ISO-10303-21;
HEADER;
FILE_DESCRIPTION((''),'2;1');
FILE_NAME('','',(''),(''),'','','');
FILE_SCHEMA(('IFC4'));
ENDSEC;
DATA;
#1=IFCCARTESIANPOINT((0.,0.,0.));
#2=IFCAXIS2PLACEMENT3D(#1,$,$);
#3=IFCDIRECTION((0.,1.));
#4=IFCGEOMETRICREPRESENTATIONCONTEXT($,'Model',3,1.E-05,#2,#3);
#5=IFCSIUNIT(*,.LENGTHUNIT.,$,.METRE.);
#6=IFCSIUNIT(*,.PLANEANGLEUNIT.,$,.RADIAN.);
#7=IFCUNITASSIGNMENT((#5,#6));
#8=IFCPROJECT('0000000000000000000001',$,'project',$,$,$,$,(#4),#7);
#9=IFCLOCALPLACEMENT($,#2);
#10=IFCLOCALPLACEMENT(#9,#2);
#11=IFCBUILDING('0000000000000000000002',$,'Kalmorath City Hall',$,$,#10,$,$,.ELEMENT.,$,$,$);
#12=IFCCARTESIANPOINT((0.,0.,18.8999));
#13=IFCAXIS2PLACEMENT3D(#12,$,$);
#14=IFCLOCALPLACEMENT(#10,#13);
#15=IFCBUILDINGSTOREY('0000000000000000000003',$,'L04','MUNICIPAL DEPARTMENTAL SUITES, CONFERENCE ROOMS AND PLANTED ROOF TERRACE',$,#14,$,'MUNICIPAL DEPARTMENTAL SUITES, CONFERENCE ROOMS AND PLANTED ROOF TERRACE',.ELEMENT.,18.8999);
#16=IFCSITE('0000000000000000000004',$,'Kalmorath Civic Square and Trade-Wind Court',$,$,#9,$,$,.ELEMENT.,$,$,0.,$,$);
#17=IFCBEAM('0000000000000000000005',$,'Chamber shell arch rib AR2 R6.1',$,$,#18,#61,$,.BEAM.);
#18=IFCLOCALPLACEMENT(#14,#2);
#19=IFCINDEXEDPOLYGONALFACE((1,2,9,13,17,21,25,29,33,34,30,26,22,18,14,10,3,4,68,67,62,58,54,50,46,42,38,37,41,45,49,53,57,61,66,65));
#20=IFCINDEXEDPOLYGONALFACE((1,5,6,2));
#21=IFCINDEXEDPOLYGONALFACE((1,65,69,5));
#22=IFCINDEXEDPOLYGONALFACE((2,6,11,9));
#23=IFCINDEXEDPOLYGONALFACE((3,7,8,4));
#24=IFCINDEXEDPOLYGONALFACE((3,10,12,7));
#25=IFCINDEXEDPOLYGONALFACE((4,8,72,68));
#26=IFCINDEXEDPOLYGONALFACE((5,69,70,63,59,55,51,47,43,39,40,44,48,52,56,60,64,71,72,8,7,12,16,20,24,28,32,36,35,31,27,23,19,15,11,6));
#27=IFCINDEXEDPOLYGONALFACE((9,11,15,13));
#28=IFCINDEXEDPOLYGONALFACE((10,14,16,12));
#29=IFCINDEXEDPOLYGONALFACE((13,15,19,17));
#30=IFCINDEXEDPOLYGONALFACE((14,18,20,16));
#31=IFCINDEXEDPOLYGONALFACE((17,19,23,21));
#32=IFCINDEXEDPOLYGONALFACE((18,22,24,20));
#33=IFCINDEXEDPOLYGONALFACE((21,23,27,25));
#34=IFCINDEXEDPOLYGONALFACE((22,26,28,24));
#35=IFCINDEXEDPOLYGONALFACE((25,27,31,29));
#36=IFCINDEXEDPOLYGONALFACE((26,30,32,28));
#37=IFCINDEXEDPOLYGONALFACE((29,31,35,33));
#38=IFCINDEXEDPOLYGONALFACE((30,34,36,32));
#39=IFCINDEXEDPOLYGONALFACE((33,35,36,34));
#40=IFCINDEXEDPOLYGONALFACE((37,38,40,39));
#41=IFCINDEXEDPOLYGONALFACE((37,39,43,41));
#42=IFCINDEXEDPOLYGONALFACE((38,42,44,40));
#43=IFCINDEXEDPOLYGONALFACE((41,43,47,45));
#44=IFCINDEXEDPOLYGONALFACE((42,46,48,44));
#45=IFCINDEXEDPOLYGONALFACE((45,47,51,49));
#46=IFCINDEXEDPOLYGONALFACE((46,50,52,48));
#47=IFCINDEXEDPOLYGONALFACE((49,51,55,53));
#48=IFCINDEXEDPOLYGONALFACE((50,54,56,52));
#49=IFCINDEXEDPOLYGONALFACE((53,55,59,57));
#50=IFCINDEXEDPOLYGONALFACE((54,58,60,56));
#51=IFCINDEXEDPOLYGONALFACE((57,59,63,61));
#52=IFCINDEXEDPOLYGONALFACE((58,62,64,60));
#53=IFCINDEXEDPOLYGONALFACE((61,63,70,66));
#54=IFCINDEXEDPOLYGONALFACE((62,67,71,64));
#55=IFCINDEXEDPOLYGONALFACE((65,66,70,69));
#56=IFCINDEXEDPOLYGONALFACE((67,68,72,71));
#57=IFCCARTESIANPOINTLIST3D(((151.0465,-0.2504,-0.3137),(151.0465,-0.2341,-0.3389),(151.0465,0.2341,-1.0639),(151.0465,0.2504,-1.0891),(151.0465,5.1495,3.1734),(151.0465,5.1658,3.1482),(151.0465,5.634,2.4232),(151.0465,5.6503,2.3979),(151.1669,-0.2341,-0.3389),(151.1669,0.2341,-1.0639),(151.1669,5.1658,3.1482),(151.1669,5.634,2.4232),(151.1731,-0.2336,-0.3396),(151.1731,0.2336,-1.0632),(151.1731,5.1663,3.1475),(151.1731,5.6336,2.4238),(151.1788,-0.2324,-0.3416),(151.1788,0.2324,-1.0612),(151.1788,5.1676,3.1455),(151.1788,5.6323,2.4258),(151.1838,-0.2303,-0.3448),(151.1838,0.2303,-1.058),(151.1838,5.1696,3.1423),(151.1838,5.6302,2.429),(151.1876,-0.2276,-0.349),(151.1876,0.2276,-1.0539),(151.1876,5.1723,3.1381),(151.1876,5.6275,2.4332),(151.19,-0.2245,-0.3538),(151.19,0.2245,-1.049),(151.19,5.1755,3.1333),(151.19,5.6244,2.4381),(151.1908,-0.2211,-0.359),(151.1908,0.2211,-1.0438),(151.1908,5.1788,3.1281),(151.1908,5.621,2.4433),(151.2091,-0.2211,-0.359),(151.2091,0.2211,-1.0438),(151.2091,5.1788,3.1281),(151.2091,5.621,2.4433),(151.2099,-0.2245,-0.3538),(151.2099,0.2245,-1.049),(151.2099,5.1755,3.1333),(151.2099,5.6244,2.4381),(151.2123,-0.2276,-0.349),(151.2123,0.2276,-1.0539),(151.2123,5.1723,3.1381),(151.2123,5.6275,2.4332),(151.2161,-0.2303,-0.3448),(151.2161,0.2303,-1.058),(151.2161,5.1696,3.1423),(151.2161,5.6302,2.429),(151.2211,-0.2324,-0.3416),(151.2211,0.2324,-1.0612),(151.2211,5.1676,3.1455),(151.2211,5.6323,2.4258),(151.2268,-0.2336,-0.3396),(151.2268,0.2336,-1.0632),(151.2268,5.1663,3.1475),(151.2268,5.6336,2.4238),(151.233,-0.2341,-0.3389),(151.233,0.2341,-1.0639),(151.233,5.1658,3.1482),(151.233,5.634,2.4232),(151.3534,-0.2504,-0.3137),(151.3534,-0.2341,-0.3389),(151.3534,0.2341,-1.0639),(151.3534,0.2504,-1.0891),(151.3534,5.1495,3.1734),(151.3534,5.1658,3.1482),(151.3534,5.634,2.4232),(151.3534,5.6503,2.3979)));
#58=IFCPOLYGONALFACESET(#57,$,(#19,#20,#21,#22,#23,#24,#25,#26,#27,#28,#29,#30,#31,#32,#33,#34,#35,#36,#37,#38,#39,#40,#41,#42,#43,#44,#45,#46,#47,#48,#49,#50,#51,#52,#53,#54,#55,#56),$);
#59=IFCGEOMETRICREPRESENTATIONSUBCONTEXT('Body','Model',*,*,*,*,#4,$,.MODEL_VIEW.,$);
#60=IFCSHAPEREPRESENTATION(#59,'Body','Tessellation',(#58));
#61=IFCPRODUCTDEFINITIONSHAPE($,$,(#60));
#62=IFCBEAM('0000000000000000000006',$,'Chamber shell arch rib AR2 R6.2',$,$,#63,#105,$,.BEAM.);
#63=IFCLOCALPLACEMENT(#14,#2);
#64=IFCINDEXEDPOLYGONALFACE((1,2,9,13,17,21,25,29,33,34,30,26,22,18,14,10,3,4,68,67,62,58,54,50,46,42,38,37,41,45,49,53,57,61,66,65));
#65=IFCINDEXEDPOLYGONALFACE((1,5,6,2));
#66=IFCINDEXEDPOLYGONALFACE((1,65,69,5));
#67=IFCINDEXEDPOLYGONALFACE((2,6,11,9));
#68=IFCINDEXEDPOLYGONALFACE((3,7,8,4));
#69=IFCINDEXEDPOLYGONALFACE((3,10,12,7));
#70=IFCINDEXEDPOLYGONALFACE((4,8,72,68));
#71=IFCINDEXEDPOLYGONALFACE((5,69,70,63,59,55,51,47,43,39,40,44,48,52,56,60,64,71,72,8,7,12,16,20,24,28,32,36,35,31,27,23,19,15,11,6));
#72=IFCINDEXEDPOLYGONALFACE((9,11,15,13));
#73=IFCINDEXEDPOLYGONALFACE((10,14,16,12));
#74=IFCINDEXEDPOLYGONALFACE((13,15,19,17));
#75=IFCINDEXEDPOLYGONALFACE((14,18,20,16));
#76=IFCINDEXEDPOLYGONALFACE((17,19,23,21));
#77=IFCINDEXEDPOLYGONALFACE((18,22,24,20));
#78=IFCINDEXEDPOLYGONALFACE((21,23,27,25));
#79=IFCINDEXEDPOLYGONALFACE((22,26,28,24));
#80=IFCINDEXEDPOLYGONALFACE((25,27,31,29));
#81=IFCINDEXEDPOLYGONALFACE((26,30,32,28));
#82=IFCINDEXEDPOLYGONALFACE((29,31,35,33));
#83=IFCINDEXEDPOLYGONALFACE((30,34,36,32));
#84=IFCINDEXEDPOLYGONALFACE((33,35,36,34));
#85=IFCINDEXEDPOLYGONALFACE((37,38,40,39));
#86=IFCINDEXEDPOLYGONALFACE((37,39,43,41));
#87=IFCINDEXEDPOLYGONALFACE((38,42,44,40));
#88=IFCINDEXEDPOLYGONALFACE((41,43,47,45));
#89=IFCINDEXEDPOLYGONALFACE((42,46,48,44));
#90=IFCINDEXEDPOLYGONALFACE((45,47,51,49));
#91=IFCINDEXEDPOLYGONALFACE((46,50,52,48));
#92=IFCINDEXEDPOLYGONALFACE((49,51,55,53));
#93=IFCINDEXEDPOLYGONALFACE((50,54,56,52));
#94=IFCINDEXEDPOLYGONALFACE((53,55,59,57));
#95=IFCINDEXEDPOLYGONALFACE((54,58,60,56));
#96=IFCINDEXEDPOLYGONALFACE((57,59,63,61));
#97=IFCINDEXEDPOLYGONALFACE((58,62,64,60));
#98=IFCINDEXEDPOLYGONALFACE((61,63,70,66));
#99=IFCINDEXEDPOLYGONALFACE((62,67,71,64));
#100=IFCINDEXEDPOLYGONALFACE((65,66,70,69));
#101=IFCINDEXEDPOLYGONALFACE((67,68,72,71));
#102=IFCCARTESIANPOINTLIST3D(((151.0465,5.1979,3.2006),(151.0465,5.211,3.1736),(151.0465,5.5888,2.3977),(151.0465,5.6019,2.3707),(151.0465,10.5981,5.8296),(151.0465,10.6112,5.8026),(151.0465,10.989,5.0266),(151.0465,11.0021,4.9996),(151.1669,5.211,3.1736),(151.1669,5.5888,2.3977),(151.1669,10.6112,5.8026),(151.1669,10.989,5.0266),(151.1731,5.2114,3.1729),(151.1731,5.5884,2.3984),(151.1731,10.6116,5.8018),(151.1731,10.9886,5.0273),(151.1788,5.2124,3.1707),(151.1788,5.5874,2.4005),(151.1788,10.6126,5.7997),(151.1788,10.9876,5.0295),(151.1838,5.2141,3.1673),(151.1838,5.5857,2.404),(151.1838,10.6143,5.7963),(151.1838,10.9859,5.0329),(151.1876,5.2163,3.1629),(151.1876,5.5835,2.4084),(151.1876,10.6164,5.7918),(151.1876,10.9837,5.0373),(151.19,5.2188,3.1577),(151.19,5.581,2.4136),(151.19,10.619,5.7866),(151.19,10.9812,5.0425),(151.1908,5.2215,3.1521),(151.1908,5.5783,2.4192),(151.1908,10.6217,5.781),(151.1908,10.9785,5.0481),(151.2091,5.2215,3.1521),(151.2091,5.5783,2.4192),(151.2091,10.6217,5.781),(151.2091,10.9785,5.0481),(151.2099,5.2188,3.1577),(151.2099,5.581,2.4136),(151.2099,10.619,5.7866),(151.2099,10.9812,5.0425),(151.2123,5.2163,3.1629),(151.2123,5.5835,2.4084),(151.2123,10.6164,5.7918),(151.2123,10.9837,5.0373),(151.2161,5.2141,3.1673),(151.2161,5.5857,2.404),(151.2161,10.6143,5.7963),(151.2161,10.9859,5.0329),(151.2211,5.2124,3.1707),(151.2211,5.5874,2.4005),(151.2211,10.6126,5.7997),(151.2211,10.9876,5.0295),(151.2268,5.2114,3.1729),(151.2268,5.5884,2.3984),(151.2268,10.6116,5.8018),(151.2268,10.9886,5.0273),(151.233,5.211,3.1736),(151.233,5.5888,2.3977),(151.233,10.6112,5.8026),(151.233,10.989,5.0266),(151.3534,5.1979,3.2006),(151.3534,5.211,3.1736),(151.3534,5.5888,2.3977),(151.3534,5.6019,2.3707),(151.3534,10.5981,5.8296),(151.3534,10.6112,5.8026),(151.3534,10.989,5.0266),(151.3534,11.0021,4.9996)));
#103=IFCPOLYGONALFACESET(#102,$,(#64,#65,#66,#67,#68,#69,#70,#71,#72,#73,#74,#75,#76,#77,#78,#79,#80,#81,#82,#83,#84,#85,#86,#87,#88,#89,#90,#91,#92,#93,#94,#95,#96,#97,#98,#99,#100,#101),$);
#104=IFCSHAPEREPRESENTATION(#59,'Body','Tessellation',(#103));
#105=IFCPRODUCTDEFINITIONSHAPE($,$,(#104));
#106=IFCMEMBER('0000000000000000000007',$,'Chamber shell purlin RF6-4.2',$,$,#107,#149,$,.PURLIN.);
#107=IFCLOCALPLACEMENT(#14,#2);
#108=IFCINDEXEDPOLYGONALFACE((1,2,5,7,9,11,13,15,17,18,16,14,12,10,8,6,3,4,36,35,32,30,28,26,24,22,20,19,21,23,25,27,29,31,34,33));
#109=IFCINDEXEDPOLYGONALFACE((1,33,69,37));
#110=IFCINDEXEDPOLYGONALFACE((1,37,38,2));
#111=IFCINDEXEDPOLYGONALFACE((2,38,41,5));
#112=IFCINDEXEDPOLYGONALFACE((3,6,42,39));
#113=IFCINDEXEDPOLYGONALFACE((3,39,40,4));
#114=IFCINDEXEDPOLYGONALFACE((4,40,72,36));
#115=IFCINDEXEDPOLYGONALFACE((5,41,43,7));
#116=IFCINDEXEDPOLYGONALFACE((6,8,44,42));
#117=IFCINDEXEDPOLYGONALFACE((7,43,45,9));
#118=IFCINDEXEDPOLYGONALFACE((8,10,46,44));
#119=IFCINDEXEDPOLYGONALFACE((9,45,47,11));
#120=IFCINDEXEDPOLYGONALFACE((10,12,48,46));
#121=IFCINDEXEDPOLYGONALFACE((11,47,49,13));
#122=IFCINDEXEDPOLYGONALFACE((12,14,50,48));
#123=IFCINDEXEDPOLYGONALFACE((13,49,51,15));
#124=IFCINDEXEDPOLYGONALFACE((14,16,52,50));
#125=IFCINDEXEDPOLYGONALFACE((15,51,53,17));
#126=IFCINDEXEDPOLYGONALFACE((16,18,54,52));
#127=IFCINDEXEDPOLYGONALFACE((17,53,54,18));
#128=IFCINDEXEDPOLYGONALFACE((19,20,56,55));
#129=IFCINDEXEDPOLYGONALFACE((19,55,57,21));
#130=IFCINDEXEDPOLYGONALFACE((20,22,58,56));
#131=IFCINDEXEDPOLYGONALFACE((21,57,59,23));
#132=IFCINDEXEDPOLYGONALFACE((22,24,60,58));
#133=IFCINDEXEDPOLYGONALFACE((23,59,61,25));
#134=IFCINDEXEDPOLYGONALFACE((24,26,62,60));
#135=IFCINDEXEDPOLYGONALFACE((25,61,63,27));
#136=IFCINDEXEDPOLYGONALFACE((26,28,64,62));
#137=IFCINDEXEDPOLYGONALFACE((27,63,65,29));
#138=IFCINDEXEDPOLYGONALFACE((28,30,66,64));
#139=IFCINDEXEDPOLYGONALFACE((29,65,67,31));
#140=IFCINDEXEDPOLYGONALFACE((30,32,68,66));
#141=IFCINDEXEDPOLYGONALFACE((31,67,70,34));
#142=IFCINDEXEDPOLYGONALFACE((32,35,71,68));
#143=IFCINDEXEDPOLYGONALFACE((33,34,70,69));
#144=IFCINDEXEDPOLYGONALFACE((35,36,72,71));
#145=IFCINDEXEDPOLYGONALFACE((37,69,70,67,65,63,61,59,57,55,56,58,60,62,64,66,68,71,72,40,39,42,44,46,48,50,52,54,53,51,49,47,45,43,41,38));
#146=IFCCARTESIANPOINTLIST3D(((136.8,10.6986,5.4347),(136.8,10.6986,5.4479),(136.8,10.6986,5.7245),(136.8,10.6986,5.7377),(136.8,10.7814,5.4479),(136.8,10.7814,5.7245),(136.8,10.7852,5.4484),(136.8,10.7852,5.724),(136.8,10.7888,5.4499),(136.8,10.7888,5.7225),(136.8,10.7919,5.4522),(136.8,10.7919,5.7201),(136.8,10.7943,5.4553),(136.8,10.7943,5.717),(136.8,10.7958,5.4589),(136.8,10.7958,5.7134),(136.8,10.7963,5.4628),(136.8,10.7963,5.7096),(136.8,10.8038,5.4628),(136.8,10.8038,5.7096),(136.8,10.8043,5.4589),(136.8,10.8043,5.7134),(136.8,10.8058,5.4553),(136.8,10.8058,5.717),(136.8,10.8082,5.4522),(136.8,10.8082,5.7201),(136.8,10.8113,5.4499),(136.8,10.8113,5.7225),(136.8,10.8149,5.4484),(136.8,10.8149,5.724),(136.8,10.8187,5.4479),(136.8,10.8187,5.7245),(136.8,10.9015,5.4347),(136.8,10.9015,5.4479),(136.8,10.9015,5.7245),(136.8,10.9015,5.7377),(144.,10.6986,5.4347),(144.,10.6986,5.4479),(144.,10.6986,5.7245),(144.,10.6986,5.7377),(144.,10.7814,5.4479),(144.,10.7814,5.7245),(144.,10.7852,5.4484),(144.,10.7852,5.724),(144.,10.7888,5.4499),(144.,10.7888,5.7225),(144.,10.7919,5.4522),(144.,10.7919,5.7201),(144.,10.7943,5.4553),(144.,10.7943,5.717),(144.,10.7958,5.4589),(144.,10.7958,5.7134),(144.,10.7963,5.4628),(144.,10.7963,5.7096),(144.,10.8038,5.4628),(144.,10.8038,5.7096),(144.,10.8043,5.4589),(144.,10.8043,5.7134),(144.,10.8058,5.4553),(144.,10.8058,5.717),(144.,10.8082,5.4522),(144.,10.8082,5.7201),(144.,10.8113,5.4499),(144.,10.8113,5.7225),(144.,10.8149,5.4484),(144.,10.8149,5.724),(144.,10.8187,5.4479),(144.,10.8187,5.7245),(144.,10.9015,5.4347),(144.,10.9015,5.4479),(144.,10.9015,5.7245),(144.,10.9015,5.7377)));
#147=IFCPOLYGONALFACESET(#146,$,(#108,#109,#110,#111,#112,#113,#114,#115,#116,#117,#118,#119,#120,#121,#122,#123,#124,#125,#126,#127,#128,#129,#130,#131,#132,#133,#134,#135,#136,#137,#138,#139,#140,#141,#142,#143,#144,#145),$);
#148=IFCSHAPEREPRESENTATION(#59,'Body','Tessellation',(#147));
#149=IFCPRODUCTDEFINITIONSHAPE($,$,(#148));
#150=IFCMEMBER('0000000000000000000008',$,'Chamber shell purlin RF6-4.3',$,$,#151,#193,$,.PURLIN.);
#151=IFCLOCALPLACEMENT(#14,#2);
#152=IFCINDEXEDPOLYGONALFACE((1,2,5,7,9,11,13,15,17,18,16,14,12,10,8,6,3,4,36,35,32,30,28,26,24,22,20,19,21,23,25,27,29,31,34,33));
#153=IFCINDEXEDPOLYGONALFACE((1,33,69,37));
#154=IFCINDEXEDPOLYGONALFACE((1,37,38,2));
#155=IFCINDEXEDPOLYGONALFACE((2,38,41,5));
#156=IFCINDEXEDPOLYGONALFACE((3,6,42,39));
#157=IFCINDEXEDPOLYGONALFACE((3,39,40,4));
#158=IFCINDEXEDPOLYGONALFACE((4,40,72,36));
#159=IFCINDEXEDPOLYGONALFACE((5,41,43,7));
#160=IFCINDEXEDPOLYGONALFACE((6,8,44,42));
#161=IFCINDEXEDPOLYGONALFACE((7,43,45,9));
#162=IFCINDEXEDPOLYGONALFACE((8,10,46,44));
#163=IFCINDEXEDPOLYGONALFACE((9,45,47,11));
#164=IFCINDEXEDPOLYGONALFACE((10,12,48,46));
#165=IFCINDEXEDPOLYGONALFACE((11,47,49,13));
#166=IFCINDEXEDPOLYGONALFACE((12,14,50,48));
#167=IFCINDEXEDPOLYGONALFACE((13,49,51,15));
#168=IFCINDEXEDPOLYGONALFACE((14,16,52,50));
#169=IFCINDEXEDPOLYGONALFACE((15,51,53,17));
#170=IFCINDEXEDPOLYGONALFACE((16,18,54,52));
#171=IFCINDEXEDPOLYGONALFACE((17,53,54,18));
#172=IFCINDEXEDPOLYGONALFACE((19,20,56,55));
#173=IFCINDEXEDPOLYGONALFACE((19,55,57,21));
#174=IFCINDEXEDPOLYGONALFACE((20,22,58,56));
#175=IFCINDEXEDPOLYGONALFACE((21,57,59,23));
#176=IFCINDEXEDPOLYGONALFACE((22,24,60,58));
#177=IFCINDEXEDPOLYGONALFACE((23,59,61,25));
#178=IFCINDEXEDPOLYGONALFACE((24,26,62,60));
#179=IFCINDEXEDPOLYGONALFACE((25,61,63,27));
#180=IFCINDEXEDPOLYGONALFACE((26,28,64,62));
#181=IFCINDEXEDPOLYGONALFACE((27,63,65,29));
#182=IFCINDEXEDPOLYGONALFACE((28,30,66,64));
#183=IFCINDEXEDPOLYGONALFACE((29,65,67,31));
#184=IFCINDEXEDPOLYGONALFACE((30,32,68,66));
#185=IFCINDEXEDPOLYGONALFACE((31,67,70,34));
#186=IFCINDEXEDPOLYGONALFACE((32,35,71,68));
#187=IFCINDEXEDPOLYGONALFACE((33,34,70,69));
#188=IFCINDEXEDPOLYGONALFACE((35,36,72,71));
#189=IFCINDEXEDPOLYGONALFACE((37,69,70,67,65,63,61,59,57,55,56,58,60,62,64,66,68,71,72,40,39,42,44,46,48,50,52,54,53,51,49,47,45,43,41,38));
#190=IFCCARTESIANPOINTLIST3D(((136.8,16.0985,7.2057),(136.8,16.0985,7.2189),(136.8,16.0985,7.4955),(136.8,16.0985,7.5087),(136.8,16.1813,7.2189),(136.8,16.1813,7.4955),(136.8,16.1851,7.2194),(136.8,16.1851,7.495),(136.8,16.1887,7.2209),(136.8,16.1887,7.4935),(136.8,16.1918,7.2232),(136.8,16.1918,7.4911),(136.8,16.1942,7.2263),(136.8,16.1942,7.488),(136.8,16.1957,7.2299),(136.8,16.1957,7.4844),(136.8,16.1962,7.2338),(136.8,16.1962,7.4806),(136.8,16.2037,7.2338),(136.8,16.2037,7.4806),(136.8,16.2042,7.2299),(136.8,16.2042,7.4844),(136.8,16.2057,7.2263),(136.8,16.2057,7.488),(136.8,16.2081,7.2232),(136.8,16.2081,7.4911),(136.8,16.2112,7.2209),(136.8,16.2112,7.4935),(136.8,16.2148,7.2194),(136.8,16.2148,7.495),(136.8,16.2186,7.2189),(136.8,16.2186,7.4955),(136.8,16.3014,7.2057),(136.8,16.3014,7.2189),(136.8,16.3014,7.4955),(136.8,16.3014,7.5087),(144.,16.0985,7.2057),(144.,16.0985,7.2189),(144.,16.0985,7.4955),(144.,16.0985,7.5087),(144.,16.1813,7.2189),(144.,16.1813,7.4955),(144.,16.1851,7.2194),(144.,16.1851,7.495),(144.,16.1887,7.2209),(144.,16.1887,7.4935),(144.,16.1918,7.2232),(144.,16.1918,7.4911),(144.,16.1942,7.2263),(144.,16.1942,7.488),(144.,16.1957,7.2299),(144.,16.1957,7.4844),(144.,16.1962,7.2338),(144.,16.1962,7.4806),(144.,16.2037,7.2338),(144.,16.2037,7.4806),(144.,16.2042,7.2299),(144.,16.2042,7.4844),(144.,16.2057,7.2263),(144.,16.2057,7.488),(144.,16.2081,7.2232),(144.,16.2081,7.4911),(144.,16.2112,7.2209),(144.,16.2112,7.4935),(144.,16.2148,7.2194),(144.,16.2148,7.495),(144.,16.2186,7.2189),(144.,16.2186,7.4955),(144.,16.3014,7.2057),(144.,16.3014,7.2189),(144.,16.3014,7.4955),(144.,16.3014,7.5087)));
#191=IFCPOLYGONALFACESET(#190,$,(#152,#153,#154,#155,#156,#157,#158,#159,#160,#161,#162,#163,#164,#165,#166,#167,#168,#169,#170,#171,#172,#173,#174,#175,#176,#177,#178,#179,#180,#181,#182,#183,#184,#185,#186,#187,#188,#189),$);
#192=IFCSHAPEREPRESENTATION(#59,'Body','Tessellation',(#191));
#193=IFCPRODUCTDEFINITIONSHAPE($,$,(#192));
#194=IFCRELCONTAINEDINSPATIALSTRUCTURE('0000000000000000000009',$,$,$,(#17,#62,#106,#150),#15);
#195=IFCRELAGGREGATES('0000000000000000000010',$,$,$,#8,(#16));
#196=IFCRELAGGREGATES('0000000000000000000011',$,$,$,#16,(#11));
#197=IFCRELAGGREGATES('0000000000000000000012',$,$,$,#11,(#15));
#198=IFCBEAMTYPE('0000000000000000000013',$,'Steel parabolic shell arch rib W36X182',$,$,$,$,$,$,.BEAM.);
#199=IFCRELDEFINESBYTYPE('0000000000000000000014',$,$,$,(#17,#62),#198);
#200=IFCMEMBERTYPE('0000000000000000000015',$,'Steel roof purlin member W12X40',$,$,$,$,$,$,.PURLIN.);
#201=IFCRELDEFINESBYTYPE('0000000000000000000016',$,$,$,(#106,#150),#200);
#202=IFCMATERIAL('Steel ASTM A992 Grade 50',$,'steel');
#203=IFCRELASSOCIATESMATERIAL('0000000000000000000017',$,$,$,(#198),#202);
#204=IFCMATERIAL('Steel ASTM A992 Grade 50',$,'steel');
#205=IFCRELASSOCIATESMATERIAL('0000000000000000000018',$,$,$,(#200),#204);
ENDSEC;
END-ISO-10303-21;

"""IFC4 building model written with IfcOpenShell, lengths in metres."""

from ifc_helpers import new_model, si_unit, direction, frame, origin, origin_2d, place, context, subcontext, project, spatial, i_section, extrude, material, material_profile, profile_set, type_object, element, save


model = new_model("IFC4")

# Units and contexts
model_context = context("Model", 3, precision=1e-05, world=origin(), true_north=direction((0.0, 1.0)))
body_context = subcontext(model_context, "Body", "Model", "MODEL_VIEW")
ifc_project = project(units=[si_unit("LENGTHUNIT", "METRE"), si_unit("PLANEANGLEUNIT", "RADIAN")], contexts=[model_context])

# Site, building, storey
site_placement = place(None, origin())
site = spatial("IfcSite", under=ifc_project, at=site_placement, Name="Kalmorath Civic Square and Trade-Wind Court", CompositionType="ELEMENT", RefElevation=0.0)
building_placement = place(site_placement, origin())
building = spatial("IfcBuilding", under=site, at=building_placement, Name="Kalmorath City Hall", CompositionType="ELEMENT")
storey_placement = place(building_placement, frame((0.0, 0.0, 18.8999)))
storey = spatial("IfcBuildingStorey", under=building, at=storey_placement, Name="L04", Description="MUNICIPAL DEPARTMENTAL SUITES, CONFERENCE ROOMS AND PLANTED ROOF TERRACE", LongName="MUNICIPAL DEPARTMENTAL SUITES, CONFERENCE ROOMS AND PLANTED ROOF TERRACE", CompositionType="ELEMENT", Elevation=18.8999)

# Beams
ifc_material_1 = material(Name="Steel ASTM A992 Grade 50", Category="steel")
ifc_material_profile_1 = material_profile(ifc_material_1, i_section(OverallWidth=0.3069, OverallDepth=0.9231, WebThickness=0.0183, FlangeThickness=0.03, FilletRadius=0.0239, at=origin_2d()), Name="W36X182")
ifc_profile_set_1 = profile_set([ifc_material_profile_1], Name="Steel ASTM A992 Grade 50")
beam_type_1 = type_object("IfcBeamType", Name="Steel parabolic shell arch rib W36X182", PredefinedType="BEAM", material=ifc_profile_set_1)
beam_1_placement = place(storey_placement, frame((151.2, 0.0, -0.7014), z_axis=(0.0, 0.840066, 0.542484), x_axis=(-1.0, 0.0, 0.0)))
element("IfcBeam", 1, at=beam_1_placement, inside=storey, type_object=beam_type_1, Name="Chamber shell arch rib AR2 R6.1", PredefinedType="BEAM", context=body_context, shape_type="SweptSolid", body=[
    extrude(i_section(OverallWidth=0.3069, OverallDepth=0.9231, WebThickness=0.0183, FlangeThickness=0.03, FilletRadius=0.0239, at=origin_2d()), origin(), (0.0, 0.0, 1.0), 6.428),
])
beam_2_placement = place(storey_placement, frame((151.2, 5.3999, 2.7856), z_axis=(0.0, 0.899117, 0.437709), x_axis=(-1.0, 0.0, 0.0)))
element("IfcBeam", 2, at=beam_2_placement, inside=storey, type_object=beam_type_1, Name="Chamber shell arch rib AR2 R6.2", PredefinedType="BEAM", context=body_context, shape_type="SweptSolid", body=[
    extrude(i_section(OverallWidth=0.3069, OverallDepth=0.9231, WebThickness=0.0183, FlangeThickness=0.03, FilletRadius=0.0239, at=origin_2d()), origin(), (0.0, 0.0, 1.0), 6.0061),
])

# Members
ifc_material_2 = material(Name="Steel ASTM A992 Grade 50", Category="steel")
ifc_material_profile_2 = material_profile(ifc_material_2, i_section(OverallWidth=0.2029, OverallDepth=0.303, WebThickness=0.0076, FlangeThickness=0.0132, FilletRadius=0.0149, at=origin_2d()), Name="W12X40")
ifc_profile_set_2 = profile_set([ifc_material_profile_2], Name="Steel ASTM A992 Grade 50")
member_type_1 = type_object("IfcMemberType", Name="Steel roof purlin member W12X40", PredefinedType="PURLIN", material=ifc_profile_set_2)
for number, where, z_axis, x_axis, name in (
    (3, (136.8, 10.8, 5.5862), (1.0, 0.0, 0.0), (0.0, 1.0, 0.0), "Chamber shell purlin RF6-4.2"),
    (4, (136.8, 16.2, 7.3572), (1.0, 0.0, 0.0), (0.0, 1.0, 0.0), "Chamber shell purlin RF6-4.3"),
):
    element("IfcMember", number, at=place(storey_placement, frame(where, z_axis=z_axis, x_axis=x_axis)), inside=storey, type_object=member_type_1, Name=name, PredefinedType="PURLIN", context=body_context, shape_type="SweptSolid", body=[
        extrude(i_section(OverallWidth=0.2029, OverallDepth=0.303, WebThickness=0.0076, FlangeThickness=0.0132, FilletRadius=0.0149, at=origin_2d()), origin(), (0.0, 0.0, 1.0), 7.2),
    ])

save(model, "model.ifc")
